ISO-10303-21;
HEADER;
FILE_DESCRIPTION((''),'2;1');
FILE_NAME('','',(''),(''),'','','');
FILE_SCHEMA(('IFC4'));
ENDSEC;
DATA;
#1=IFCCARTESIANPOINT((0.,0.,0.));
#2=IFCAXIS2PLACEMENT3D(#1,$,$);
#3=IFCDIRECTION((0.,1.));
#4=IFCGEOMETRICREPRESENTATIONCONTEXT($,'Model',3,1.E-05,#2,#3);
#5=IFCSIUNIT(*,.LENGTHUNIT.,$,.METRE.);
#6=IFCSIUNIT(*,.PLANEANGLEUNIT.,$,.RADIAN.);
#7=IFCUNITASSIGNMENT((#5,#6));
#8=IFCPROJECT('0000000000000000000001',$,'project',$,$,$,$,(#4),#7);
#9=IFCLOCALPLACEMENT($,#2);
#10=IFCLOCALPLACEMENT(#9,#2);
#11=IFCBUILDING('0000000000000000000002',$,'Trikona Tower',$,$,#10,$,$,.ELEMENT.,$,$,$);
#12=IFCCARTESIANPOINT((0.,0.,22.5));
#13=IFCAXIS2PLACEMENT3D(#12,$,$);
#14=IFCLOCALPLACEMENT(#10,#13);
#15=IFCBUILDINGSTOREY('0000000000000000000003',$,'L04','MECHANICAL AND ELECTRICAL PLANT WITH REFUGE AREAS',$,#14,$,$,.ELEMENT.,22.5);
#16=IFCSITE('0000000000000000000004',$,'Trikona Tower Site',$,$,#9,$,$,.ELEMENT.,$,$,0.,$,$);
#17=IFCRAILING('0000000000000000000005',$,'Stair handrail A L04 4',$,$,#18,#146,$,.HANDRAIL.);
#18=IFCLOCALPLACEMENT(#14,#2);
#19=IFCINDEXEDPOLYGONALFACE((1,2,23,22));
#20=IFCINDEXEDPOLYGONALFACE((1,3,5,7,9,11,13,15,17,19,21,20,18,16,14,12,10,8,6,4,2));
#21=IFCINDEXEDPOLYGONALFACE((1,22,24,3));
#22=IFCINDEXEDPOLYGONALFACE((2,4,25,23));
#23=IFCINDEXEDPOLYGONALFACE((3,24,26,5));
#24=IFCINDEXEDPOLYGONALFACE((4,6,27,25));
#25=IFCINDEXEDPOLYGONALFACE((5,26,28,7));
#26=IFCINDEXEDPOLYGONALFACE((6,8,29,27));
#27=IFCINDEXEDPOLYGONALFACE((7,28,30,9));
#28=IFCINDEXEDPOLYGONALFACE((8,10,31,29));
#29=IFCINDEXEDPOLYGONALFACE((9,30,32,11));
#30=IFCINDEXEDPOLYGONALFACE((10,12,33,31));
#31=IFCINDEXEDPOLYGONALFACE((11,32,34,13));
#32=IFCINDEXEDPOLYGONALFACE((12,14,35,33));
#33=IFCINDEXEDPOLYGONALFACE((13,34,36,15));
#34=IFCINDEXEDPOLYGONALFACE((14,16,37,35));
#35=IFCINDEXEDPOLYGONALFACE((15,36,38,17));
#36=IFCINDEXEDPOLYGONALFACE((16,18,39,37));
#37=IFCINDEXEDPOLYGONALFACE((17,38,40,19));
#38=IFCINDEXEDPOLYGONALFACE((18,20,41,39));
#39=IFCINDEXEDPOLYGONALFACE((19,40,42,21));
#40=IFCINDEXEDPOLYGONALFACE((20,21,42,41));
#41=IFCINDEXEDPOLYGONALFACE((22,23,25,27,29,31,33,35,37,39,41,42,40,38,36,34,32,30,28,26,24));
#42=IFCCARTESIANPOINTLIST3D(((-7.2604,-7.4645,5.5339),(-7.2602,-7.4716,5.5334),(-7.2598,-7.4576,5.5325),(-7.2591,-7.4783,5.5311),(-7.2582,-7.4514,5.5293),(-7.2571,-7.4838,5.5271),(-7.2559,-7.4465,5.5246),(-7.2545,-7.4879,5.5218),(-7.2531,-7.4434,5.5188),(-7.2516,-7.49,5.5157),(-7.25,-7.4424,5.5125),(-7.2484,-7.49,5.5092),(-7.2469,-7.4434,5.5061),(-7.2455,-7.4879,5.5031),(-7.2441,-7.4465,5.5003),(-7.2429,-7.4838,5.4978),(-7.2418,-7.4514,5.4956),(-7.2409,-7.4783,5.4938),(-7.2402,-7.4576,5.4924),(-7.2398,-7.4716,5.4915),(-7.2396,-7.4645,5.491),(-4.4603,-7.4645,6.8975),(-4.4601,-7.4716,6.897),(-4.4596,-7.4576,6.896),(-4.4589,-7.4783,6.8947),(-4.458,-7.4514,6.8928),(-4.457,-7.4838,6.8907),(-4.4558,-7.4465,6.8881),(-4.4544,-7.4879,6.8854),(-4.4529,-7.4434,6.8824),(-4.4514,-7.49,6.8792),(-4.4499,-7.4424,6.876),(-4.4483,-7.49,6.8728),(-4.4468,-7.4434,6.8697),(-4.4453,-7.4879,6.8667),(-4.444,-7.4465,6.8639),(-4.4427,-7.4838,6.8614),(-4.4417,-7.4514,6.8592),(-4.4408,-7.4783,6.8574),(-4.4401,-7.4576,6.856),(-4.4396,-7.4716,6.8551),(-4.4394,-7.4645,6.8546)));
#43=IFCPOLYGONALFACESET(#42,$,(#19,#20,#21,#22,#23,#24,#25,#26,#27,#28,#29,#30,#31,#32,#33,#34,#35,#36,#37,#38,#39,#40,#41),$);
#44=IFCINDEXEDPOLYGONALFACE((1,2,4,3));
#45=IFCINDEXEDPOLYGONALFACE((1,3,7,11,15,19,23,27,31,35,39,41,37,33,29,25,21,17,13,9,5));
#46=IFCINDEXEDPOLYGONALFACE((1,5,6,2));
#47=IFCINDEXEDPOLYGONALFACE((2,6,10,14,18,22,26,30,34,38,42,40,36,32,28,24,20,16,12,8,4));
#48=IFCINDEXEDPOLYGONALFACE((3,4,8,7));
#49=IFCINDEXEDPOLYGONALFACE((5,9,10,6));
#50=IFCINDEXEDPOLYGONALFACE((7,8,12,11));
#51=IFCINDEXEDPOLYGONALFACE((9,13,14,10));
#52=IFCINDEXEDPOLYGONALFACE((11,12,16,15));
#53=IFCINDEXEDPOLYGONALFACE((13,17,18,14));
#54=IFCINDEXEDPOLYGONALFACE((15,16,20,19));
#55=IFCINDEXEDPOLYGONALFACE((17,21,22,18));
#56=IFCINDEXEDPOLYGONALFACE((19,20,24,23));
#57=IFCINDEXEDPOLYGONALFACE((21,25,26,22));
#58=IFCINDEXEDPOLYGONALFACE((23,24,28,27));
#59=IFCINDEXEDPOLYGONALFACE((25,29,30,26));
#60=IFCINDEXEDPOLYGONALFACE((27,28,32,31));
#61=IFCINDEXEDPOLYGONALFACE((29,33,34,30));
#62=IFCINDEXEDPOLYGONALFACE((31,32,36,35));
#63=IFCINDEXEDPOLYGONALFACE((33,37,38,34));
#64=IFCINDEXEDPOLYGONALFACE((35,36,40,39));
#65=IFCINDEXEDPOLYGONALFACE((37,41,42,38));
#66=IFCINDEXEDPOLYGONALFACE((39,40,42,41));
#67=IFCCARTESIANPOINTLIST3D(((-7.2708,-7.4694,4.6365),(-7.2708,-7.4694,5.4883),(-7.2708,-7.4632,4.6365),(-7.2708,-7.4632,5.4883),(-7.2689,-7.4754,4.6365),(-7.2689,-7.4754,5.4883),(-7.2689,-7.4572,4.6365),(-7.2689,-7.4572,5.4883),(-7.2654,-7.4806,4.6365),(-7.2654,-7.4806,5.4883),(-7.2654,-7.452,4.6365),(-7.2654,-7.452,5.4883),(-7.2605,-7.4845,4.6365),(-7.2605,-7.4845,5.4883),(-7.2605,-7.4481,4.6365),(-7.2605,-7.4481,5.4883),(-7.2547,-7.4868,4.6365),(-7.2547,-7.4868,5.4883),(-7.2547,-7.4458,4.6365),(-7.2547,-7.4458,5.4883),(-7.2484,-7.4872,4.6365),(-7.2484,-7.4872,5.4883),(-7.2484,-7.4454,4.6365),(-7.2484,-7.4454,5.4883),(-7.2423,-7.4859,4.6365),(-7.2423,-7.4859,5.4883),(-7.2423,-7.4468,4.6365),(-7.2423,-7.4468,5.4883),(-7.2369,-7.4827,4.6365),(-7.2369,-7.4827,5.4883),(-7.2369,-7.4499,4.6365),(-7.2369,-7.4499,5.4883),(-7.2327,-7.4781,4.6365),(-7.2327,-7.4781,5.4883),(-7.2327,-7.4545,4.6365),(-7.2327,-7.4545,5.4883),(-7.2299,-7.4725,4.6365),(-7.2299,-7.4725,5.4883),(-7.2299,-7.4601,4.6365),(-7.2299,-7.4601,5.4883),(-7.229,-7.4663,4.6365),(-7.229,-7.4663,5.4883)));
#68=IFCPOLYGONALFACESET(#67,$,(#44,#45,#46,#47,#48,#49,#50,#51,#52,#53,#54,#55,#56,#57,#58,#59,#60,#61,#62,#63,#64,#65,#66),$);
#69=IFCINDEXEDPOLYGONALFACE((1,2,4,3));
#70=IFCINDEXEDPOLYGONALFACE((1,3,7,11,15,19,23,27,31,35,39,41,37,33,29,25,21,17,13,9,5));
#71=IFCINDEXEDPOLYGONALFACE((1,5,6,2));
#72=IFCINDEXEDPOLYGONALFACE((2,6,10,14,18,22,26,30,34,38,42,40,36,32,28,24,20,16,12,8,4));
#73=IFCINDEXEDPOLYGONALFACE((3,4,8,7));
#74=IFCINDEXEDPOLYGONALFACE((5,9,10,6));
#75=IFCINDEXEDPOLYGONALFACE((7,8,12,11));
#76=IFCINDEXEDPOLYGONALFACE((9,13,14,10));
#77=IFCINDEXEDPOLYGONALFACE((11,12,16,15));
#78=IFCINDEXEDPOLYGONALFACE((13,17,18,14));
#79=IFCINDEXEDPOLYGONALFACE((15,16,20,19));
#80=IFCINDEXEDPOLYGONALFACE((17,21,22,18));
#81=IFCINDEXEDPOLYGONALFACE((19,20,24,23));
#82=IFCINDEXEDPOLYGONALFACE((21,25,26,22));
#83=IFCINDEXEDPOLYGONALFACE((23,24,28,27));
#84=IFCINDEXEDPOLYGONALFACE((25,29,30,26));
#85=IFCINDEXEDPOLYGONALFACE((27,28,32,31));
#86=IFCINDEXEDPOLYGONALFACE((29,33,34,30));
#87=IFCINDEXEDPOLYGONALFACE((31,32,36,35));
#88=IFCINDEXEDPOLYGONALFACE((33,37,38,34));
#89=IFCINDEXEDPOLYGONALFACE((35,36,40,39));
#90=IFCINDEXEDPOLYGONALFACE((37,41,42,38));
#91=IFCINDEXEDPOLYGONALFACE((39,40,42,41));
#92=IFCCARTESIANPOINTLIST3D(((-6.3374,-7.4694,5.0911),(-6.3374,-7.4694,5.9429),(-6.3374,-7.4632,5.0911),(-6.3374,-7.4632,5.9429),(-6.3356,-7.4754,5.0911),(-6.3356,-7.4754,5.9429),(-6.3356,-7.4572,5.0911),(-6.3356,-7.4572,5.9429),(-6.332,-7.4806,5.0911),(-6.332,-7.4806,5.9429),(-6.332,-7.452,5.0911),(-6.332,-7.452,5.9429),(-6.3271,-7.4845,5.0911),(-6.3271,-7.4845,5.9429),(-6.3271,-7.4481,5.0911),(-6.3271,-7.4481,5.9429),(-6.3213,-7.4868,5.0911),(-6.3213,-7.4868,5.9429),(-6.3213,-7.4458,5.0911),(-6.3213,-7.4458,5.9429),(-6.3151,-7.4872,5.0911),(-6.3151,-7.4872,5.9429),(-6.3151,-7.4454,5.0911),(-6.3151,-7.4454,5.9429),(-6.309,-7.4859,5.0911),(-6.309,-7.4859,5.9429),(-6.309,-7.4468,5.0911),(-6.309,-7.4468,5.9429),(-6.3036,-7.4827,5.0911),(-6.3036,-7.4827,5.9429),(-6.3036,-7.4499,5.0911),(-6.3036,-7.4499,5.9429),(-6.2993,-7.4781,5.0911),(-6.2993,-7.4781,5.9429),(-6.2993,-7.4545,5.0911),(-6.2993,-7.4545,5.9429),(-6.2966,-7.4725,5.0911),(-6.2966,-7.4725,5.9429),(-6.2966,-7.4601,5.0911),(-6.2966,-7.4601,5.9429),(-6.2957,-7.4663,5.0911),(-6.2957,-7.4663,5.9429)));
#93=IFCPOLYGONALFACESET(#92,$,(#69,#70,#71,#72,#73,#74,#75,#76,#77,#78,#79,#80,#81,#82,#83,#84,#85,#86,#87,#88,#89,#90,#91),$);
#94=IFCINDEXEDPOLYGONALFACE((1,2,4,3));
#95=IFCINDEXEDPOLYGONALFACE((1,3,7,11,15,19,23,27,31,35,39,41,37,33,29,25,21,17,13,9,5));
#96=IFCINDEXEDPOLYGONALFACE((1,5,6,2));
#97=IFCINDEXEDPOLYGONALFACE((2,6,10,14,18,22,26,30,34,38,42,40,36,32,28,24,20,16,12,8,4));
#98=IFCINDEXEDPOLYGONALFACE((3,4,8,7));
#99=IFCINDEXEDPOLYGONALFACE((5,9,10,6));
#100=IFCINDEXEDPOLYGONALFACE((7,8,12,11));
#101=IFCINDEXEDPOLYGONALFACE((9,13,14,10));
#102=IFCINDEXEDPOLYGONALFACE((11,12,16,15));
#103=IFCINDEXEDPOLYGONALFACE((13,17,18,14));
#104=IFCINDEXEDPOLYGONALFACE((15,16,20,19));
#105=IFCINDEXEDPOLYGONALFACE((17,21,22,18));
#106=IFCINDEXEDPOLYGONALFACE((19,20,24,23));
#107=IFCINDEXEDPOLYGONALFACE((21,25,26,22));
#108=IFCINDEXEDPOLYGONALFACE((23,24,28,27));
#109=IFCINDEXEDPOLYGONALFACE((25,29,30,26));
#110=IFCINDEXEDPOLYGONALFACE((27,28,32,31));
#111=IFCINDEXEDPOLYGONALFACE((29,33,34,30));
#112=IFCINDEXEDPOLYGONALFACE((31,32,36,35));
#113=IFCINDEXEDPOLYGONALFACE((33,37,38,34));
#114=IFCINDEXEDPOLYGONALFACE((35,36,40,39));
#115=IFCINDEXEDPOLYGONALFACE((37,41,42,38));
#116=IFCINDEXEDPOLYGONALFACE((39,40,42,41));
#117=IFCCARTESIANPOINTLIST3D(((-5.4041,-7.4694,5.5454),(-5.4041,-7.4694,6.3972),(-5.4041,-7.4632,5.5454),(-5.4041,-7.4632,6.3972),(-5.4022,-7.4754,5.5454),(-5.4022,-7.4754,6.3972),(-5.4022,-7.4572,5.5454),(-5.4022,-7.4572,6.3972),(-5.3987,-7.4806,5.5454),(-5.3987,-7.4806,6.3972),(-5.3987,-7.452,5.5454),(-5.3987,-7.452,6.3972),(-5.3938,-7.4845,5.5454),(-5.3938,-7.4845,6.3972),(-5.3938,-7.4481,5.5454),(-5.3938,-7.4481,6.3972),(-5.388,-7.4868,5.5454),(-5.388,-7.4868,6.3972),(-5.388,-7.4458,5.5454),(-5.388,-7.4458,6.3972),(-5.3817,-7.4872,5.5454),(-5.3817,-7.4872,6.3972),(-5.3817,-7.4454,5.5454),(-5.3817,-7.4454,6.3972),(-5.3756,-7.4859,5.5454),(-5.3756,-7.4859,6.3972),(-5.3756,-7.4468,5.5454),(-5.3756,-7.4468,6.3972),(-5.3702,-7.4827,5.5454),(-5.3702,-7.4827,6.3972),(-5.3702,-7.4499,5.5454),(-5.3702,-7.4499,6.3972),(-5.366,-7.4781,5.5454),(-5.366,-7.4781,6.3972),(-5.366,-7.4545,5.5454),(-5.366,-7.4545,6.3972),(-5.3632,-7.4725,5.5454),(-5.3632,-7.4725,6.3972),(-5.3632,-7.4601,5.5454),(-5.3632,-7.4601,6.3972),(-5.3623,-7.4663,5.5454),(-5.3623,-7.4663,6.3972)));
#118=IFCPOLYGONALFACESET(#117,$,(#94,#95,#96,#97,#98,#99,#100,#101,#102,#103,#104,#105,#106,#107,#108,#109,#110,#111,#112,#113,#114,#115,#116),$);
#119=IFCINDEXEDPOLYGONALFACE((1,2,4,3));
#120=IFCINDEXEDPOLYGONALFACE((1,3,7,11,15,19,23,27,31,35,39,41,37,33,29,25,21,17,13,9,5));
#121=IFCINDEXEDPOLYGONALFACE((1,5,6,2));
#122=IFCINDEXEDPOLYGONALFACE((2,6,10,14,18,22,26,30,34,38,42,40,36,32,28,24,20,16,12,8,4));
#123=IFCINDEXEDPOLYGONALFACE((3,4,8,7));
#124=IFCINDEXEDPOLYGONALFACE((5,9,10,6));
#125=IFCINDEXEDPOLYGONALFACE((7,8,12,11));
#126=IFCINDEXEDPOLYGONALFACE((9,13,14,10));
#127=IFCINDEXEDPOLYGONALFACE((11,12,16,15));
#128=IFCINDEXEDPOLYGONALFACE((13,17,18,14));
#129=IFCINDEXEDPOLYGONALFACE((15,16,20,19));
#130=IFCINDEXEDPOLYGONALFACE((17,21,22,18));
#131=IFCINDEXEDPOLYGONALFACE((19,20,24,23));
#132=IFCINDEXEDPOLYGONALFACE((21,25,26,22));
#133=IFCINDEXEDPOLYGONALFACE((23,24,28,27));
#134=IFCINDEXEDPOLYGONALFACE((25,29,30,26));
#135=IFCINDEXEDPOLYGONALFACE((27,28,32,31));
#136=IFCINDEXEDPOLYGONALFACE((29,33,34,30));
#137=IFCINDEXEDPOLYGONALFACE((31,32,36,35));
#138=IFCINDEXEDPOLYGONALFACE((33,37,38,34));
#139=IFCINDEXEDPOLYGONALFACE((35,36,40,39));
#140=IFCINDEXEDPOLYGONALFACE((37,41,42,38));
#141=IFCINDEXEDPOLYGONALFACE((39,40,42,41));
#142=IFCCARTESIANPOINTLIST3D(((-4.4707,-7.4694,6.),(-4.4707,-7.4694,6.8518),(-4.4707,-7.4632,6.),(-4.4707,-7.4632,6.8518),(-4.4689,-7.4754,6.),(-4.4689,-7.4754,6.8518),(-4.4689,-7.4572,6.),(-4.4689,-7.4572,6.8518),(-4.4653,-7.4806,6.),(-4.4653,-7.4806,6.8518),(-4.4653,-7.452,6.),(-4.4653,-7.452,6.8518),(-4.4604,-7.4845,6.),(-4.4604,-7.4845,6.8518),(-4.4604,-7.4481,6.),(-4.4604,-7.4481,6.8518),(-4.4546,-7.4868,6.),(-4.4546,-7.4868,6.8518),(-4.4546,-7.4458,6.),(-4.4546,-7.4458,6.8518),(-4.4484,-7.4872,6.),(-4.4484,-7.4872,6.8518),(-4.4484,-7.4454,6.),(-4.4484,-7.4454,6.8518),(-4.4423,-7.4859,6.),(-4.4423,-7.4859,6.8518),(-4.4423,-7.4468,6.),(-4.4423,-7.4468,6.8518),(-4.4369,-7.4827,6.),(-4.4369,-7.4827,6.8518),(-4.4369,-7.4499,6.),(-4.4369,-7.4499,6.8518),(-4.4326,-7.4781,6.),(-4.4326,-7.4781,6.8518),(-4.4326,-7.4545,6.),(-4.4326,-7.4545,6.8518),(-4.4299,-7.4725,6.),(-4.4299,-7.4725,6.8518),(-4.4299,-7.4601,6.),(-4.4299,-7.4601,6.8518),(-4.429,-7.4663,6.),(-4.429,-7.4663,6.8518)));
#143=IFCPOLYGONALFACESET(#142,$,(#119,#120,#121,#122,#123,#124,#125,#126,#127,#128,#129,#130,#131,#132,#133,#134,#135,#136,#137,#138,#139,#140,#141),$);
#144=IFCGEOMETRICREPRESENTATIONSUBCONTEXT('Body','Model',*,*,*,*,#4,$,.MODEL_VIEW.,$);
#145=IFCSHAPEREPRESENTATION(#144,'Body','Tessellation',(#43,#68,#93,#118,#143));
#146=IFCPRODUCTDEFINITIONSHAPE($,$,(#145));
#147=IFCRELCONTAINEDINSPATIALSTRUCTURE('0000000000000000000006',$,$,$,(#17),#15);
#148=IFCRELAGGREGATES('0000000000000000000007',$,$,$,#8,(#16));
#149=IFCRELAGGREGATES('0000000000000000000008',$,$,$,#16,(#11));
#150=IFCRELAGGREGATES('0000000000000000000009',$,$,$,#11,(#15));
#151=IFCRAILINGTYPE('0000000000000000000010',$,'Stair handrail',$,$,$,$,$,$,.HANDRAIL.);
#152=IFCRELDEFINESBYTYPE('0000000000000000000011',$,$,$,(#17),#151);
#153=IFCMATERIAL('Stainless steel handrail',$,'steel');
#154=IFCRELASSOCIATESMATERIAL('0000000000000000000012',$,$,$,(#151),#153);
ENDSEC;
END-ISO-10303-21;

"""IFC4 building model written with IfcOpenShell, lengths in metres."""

from ifc_helpers import new_model, si_unit, direction, frame, origin, origin_2d, place, context, subcontext, project, spatial, circle, extrude, material, type_object, element, save


model = new_model("IFC4")

# Units and contexts
model_context = context("Model", 3, precision=1e-05, world=origin(), true_north=direction((0.0, 1.0)))
body_context = subcontext(model_context, "Body", "Model", "MODEL_VIEW")
ifc_project = project(units=[si_unit("LENGTHUNIT", "METRE"), si_unit("PLANEANGLEUNIT", "RADIAN")], contexts=[model_context])

# Site, building, storey
site_placement = place(None, origin())
site = spatial("IfcSite", under=ifc_project, at=site_placement, Name="Trikona Tower Site", CompositionType="ELEMENT", RefElevation=0.0)
building_placement = place(site_placement, origin())
building = spatial("IfcBuilding", under=site, at=building_placement, Name="Trikona Tower", CompositionType="ELEMENT")
storey_placement = place(building_placement, frame((0.0, 0.0, 22.5)))
storey = spatial("IfcBuildingStorey", under=building, at=storey_placement, Name="L04", Description="MECHANICAL AND ELECTRICAL PLANT WITH REFUGE AREAS", CompositionType="ELEMENT", Elevation=22.5)

# Railing
ifc_material_1 = material(Name="Stainless steel handrail", Category="steel")
railing_type = type_object("IfcRailingType", Name="Stair handrail", PredefinedType="HANDRAIL", material=ifc_material_1)
railing_1_placement = place(storey_placement, frame((-7.25, -7.4663, 4.6365)))
element("IfcRailing", 1, at=railing_1_placement, inside=storey, type_object=railing_type, Name="Stair handrail A L04 4", PredefinedType="HANDRAIL", context=body_context, shape_type="SweptSolid", body=[
    extrude(circle(Radius=0.0239, at=origin_2d()), frame((0.0, 0.0, 0.876), z_axis=(0.899066, 0.0, 0.437813), x_axis=(0.0, 1.0, 0.0)), (0.0, 0.0, 1.0), 3.1145),
    extrude(circle(Radius=0.021, at=origin_2d()), origin(), (0.0, 0.0, 1.0), 0.8518),
    extrude(circle(Radius=0.021, at=origin_2d()), frame((0.9333, 0.0, 0.4546)), (0.0, 0.0, 1.0), 0.8518),
    extrude(circle(Radius=0.021, at=origin_2d()), frame((1.8667, 0.0, 0.9089)), (0.0, 0.0, 1.0), 0.8518),
    extrude(circle(Radius=0.021, at=origin_2d()), frame((2.8, 0.0, 1.3635)), (0.0, 0.0, 1.0), 0.8518),
])

save(model, "model.ifc")
